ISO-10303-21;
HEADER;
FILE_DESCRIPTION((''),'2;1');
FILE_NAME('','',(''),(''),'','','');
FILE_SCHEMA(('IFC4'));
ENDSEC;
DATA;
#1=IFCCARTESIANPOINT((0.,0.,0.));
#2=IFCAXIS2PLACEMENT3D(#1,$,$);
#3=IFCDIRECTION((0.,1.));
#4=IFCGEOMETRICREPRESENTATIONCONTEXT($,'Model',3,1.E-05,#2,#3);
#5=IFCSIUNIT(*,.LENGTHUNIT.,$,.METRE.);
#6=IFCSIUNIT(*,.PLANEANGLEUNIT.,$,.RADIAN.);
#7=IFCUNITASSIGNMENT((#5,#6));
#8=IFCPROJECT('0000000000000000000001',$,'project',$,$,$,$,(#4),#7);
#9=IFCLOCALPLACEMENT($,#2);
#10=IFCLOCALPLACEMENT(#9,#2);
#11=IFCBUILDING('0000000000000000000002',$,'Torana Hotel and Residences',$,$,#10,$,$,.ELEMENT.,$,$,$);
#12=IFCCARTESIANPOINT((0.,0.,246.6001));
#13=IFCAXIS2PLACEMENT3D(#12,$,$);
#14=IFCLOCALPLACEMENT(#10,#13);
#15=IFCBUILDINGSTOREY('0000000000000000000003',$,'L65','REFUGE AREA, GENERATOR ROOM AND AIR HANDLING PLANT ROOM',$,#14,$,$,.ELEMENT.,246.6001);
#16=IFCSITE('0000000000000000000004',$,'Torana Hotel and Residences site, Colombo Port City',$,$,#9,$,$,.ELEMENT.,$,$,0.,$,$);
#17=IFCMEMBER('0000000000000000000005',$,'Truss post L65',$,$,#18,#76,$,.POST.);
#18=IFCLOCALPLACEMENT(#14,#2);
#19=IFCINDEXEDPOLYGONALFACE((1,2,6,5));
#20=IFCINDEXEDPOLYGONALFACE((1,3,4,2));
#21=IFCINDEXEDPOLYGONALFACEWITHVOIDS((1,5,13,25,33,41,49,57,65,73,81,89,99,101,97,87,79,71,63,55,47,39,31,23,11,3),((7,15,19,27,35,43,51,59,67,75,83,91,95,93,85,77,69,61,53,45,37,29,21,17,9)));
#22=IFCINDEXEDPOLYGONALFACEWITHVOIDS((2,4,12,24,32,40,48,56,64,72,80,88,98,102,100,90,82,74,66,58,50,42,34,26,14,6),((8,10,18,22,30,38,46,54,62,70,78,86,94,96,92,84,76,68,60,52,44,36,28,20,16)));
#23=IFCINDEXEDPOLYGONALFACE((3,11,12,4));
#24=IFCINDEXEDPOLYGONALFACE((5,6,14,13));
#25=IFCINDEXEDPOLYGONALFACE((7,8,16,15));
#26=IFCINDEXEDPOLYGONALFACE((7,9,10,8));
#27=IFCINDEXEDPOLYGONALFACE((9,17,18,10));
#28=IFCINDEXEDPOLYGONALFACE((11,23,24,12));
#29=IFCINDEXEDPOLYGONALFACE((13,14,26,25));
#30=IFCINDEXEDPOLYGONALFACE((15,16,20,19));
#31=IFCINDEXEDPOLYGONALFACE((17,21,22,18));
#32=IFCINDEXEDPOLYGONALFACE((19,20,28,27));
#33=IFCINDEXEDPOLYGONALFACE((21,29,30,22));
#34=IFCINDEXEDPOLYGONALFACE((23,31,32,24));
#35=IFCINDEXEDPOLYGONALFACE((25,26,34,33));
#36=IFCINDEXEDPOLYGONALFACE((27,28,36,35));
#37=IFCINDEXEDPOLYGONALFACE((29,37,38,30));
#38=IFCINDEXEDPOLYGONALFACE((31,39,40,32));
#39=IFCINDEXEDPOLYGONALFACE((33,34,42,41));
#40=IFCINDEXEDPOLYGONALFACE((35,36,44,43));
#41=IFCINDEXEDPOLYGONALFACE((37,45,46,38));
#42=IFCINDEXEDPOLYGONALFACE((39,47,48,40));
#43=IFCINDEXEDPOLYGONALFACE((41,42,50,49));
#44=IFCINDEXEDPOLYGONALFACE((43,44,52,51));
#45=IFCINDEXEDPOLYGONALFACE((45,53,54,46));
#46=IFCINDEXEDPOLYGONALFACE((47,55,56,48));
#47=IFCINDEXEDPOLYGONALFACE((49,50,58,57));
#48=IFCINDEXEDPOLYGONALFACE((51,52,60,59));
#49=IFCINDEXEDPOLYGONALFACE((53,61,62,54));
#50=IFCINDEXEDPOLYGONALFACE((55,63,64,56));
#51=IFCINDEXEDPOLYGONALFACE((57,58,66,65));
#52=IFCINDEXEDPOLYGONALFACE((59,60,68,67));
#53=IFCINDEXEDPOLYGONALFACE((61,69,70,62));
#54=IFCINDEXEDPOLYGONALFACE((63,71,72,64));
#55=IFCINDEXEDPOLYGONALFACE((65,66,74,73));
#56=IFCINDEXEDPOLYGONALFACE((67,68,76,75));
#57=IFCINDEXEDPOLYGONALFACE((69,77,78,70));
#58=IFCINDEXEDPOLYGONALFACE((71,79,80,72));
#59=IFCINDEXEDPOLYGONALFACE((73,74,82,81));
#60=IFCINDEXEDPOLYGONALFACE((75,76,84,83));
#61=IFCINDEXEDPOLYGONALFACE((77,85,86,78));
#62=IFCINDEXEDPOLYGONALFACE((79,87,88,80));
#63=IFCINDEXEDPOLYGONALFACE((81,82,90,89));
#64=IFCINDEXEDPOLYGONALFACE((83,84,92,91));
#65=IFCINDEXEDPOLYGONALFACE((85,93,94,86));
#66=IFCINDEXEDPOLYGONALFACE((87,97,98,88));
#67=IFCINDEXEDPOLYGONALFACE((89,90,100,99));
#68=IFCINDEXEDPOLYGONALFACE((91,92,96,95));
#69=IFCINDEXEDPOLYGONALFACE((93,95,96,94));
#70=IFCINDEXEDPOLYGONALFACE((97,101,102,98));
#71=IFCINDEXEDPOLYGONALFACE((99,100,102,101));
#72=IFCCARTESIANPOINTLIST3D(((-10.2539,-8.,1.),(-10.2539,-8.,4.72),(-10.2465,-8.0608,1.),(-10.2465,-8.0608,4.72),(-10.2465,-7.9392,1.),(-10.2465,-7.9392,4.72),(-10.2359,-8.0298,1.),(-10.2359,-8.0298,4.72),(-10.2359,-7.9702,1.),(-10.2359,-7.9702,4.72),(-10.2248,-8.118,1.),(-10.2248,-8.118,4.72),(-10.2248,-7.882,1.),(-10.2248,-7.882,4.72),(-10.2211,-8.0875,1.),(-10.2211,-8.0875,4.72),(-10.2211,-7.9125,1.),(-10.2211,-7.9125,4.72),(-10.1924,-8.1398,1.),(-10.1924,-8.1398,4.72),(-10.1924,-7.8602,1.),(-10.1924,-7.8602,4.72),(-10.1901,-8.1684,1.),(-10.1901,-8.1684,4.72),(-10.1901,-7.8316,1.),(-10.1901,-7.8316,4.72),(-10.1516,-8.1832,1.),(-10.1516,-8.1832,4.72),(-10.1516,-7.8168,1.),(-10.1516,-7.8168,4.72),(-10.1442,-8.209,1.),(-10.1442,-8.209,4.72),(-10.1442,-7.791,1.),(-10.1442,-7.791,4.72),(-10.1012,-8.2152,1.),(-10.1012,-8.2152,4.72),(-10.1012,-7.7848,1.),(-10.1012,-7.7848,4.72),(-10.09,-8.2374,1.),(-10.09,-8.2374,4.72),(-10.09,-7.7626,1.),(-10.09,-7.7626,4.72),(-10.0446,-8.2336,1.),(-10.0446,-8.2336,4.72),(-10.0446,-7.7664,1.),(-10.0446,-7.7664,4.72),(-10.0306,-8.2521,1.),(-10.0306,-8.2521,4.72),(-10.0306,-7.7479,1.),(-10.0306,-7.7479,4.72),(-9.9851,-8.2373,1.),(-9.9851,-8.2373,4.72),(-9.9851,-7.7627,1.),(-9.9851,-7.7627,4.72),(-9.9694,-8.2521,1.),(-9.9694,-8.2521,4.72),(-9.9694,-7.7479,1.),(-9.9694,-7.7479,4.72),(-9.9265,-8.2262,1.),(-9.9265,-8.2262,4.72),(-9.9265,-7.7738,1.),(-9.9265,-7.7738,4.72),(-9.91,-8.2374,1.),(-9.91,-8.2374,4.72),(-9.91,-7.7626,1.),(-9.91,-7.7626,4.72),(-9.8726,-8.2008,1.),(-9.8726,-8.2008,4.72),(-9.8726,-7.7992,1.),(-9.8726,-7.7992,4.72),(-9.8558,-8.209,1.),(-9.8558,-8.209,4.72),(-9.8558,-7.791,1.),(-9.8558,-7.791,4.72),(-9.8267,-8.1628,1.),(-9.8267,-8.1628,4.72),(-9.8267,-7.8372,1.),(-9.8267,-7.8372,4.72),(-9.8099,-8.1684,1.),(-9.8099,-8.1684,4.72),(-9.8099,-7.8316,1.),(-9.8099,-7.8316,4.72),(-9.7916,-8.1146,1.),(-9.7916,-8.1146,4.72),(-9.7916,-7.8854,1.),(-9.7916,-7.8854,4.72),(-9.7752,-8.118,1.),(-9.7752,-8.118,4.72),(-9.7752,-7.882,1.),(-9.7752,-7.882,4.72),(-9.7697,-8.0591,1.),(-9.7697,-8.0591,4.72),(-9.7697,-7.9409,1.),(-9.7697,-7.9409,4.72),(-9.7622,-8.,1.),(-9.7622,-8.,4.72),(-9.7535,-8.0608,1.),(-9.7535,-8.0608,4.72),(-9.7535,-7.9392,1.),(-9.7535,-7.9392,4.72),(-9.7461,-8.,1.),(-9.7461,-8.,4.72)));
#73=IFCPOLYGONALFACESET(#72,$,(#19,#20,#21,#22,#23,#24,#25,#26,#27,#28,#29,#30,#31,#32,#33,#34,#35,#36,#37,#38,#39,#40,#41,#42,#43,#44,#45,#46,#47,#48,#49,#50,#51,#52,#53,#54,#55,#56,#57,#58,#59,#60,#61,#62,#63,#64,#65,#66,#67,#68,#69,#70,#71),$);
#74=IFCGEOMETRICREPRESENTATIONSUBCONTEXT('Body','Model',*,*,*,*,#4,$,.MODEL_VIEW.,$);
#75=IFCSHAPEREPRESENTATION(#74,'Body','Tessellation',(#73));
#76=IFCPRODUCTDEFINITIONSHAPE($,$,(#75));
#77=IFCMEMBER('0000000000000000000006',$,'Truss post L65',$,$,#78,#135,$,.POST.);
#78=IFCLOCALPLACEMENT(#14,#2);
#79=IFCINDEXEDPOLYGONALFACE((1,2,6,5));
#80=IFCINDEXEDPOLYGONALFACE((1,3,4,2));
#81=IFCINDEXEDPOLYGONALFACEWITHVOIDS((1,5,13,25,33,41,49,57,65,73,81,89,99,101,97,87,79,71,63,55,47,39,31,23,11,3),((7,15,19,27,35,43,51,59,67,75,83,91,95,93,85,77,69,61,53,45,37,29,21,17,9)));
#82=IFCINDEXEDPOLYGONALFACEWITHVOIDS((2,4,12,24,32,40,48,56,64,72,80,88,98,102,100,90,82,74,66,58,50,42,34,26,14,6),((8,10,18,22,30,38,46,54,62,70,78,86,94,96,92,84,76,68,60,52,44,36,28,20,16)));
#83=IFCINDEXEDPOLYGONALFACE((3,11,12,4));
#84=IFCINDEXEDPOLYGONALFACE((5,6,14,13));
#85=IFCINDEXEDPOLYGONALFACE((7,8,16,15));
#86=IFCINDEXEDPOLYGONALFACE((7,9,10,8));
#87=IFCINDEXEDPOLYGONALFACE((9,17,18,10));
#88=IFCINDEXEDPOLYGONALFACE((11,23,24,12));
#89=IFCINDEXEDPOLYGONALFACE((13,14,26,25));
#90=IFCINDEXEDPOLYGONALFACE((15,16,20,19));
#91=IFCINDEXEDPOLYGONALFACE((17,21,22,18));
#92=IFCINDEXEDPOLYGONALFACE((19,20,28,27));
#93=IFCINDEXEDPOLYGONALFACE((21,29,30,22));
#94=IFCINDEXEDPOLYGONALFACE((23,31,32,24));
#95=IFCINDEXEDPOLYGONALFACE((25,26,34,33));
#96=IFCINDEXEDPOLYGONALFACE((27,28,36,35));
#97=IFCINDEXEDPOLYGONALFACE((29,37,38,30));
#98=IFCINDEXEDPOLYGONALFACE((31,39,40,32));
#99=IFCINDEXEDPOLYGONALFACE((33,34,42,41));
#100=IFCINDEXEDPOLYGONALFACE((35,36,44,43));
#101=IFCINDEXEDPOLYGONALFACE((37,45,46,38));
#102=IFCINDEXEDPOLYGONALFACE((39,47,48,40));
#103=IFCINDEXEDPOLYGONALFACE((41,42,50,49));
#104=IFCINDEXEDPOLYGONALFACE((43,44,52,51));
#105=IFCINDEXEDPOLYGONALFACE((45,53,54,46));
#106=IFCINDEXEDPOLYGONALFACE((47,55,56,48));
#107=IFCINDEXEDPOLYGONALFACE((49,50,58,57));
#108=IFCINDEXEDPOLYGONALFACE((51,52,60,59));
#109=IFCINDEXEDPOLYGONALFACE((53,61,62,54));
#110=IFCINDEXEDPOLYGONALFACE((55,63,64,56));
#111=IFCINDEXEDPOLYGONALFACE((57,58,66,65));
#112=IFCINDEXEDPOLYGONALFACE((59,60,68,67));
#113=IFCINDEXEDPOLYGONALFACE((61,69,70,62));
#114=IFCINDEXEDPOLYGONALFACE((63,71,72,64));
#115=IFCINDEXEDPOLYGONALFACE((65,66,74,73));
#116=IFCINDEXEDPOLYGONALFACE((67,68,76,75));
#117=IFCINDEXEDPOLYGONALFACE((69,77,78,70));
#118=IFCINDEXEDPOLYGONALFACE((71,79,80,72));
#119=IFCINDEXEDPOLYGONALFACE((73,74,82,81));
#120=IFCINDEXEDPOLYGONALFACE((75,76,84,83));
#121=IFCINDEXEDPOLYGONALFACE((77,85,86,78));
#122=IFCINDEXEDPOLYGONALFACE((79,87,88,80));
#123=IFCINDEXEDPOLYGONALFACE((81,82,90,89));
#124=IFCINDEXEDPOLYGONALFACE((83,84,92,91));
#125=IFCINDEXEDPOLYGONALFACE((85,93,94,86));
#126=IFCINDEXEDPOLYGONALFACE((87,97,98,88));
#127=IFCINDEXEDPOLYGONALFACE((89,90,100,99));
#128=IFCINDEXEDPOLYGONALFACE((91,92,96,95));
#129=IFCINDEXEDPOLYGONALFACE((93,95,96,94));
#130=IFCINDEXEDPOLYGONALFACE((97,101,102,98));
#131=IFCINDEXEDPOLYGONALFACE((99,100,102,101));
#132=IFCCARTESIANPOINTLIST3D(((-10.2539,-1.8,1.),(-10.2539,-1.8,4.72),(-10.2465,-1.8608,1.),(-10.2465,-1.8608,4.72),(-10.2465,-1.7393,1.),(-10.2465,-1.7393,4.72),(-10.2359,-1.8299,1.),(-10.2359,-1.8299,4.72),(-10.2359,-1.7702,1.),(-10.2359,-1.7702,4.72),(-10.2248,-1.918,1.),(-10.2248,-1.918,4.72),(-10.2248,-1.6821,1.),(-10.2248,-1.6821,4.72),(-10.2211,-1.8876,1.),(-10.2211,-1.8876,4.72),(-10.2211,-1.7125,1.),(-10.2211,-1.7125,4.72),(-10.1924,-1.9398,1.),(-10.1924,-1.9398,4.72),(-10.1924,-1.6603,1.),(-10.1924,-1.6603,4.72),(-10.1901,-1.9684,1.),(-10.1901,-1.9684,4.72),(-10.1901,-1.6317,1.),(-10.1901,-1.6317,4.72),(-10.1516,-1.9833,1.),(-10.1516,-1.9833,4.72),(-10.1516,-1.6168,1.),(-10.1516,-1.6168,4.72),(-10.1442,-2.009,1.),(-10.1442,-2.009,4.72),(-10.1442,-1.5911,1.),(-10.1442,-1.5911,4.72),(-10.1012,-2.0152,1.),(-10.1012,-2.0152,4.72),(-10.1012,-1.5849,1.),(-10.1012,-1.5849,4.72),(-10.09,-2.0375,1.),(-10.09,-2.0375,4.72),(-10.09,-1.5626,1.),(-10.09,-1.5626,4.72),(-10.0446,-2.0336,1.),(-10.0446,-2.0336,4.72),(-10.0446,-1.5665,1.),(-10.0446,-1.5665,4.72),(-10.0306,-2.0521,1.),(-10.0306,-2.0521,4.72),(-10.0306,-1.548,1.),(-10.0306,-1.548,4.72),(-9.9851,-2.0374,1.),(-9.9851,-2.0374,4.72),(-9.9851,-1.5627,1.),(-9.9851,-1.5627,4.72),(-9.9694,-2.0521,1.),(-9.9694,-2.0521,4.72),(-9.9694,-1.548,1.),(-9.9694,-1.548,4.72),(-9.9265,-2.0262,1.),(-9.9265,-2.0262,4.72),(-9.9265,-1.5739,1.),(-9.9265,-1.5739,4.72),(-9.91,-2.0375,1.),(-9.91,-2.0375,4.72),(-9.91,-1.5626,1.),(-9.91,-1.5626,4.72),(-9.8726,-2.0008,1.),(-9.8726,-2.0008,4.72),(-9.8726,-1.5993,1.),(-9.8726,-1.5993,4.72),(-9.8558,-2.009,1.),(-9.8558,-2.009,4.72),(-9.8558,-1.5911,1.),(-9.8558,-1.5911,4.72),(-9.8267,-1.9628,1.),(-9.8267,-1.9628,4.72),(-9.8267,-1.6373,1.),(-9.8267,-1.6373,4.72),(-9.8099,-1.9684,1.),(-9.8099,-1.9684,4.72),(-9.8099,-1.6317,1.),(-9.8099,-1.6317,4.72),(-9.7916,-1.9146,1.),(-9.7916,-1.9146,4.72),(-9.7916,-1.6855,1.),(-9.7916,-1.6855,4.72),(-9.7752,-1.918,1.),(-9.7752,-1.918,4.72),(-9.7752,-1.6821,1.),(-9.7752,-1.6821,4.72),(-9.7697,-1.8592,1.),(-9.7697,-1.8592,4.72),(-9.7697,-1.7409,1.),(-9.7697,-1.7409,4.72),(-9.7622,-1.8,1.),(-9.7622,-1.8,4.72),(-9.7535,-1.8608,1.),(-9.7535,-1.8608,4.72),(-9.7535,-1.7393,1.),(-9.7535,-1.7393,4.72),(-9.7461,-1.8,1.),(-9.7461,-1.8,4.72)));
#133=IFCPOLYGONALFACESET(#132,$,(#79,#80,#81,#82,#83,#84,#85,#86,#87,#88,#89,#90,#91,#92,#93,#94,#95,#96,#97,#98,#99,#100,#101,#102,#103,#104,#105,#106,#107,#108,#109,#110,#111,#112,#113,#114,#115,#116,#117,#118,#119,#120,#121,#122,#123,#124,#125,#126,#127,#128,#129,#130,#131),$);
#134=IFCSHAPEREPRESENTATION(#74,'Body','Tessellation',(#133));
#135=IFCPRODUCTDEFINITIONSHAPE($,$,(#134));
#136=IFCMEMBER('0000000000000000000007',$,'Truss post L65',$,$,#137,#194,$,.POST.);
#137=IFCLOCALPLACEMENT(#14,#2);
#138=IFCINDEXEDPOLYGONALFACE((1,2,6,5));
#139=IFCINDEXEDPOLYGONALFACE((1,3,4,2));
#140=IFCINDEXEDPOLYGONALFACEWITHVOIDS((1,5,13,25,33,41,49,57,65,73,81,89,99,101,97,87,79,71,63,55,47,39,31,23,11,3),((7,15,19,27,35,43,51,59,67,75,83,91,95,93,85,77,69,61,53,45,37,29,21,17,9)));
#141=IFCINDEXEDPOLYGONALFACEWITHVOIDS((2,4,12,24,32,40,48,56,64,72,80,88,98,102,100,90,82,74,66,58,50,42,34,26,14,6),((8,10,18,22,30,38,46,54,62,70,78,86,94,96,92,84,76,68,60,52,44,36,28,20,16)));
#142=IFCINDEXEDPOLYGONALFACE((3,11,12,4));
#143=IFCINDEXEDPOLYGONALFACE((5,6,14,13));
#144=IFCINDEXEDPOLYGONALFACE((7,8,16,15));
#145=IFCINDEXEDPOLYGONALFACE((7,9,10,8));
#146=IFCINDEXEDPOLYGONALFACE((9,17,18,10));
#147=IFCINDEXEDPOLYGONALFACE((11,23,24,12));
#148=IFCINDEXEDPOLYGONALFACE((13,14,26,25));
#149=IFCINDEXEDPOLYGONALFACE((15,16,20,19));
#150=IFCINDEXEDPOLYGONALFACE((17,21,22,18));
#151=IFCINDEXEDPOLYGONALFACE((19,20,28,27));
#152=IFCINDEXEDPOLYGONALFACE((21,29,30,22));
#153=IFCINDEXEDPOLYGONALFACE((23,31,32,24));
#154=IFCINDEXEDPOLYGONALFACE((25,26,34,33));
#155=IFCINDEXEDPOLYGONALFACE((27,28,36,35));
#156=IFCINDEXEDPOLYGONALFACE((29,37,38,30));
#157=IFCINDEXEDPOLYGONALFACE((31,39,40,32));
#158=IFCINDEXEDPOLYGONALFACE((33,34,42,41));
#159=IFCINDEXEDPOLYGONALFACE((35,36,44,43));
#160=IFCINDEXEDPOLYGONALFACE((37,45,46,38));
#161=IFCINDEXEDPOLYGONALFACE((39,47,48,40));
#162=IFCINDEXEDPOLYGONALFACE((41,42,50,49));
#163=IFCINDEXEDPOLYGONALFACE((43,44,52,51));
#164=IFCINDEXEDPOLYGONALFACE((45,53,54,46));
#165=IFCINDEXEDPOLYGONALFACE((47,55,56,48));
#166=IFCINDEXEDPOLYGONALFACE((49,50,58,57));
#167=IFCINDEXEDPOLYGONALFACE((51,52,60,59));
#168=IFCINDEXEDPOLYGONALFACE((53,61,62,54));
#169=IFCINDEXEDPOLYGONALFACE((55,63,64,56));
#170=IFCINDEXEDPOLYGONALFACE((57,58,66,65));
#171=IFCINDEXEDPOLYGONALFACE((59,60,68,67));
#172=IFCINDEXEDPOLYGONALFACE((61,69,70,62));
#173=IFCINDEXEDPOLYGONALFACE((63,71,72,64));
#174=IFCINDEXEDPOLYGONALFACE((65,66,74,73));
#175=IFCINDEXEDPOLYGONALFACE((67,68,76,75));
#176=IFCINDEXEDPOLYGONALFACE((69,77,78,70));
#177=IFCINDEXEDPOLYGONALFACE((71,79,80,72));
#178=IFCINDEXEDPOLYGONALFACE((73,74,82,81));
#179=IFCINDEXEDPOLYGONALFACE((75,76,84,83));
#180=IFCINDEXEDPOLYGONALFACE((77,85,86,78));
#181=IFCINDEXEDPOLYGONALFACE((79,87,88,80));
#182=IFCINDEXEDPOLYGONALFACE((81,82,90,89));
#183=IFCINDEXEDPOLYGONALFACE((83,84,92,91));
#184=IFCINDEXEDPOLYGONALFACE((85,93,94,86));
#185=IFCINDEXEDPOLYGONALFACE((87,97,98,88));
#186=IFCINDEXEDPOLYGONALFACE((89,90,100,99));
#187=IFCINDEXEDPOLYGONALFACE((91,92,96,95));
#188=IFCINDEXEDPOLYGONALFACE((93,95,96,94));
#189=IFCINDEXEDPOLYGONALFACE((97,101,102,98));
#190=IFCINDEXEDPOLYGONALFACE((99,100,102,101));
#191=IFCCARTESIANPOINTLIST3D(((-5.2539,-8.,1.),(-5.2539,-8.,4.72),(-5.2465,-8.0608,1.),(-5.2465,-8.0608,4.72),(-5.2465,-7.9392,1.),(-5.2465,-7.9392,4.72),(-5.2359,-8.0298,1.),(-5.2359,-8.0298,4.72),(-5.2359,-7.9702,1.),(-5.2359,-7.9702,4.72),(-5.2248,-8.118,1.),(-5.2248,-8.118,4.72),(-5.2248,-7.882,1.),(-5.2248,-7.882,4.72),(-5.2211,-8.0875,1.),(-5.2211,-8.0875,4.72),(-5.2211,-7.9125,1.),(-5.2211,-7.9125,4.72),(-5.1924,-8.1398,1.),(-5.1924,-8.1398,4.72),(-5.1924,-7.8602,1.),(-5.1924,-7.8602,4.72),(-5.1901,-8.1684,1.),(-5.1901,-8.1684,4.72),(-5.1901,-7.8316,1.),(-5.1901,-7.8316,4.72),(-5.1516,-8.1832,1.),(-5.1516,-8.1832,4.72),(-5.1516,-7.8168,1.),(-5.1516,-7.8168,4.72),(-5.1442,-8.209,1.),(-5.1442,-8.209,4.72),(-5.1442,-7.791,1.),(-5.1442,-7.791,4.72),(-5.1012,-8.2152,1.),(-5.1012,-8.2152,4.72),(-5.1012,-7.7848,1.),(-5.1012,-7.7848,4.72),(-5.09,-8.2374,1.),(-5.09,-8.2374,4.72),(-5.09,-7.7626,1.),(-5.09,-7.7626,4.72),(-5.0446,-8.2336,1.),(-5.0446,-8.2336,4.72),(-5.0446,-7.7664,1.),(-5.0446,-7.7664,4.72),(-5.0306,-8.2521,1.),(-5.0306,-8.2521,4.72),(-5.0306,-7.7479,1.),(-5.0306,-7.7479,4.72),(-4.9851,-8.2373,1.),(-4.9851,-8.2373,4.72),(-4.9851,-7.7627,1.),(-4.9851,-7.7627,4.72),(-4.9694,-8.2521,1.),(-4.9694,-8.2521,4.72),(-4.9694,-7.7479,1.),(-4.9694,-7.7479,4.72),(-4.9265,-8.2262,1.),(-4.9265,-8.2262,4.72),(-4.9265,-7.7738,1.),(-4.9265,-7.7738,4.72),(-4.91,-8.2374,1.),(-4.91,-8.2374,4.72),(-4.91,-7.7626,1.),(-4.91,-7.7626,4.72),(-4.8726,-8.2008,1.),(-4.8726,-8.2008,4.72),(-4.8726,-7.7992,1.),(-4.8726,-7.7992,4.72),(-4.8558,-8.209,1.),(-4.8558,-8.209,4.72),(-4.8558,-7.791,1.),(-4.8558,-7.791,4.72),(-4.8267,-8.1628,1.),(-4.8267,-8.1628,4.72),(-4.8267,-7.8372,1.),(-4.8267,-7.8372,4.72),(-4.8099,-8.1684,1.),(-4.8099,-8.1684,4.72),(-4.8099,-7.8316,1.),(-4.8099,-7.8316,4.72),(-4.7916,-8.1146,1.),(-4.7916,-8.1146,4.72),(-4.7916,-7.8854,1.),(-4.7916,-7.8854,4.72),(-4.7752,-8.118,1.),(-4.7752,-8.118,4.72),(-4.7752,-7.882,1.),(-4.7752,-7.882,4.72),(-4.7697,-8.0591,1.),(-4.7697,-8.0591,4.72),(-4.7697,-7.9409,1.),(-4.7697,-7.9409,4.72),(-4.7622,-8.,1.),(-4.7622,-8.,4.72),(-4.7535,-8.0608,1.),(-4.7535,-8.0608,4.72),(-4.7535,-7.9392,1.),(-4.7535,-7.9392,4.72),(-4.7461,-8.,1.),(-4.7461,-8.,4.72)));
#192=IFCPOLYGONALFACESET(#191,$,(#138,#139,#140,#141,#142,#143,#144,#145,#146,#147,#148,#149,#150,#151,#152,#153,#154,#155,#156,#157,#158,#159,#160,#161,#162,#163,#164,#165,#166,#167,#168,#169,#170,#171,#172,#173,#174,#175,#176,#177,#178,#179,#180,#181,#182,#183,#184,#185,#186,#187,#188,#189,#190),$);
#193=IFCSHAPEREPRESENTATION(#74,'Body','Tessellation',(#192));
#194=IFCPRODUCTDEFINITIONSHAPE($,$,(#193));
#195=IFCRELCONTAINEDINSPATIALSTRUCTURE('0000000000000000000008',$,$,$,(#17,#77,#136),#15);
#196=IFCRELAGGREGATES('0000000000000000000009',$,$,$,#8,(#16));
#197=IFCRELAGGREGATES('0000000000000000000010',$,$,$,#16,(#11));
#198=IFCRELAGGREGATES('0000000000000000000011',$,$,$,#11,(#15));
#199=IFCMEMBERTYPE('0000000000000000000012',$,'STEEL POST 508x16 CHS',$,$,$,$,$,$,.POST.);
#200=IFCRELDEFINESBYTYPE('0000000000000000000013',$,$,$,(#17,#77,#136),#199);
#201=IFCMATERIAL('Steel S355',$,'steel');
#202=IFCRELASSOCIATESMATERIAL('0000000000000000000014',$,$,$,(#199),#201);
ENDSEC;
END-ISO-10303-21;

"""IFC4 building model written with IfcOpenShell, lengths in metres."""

from ifc_helpers import new_model, si_unit, direction, frame, origin, origin_2d, place, context, subcontext, project, spatial, hollow_circle, extrude, material, material_profile, profile_set, type_object, element, save


model = new_model("IFC4")

# Units and contexts
model_context = context("Model", 3, precision=1e-05, world=origin(), true_north=direction((0.0, 1.0)))
body_context = subcontext(model_context, "Body", "Model", "MODEL_VIEW")
ifc_project = project(units=[si_unit("LENGTHUNIT", "METRE"), si_unit("PLANEANGLEUNIT", "RADIAN")], contexts=[model_context])

# Site, building, storey
site_placement = place(None, origin())
site = spatial("IfcSite", under=ifc_project, at=site_placement, Name="Torana Hotel and Residences site, Colombo Port City", CompositionType="ELEMENT", RefElevation=0.0)
building_placement = place(site_placement, origin())
building = spatial("IfcBuilding", under=site, at=building_placement, Name="Torana Hotel and Residences", CompositionType="ELEMENT")
storey_placement = place(building_placement, frame((0.0, 0.0, 246.6001)))
storey = spatial("IfcBuildingStorey", under=building, at=storey_placement, Name="L65", Description="REFUGE AREA, GENERATOR ROOM AND AIR HANDLING PLANT ROOM", CompositionType="ELEMENT", Elevation=246.6001)

# Members
ifc_material_1 = material(Name="Steel S355", Category="steel")
ifc_material_profile_1 = material_profile(ifc_material_1, hollow_circle(Radius=0.2539, WallThickness=0.0161, at=origin_2d()), Name="508x16 CHS")
ifc_profile_set_1 = profile_set([ifc_material_profile_1], Name="Steel S355")
member_type_1 = type_object("IfcMemberType", Name="STEEL POST 508x16 CHS", PredefinedType="POST", material=ifc_profile_set_1)
for number, where, z_axis, x_axis, name in (
    (1, (-10.0, -8.0, 1.0), (0.0, 0.0, 1.0), (1.0, 0.0, 0.0), "Truss post L65"),
    (2, (-10.0, -1.8, 1.0), (0.0, 0.0, 1.0), (1.0, 0.0, 0.0), "Truss post L65"),
    (3, (-5.0, -8.0, 1.0), (0.0, 0.0, 1.0), (1.0, 0.0, 0.0), "Truss post L65"),
):
    element("IfcMember", number, at=place(storey_placement, frame(where, z_axis=z_axis, x_axis=x_axis)), inside=storey, type_object=member_type_1, Name=name, PredefinedType="POST", context=body_context, shape_type="SweptSolid", body=[
        extrude(hollow_circle(Radius=0.2539, WallThickness=0.0161, at=origin_2d()), origin(), (0.0, 0.0, 1.0), 3.72),
    ])

save(model, "model.ifc")
